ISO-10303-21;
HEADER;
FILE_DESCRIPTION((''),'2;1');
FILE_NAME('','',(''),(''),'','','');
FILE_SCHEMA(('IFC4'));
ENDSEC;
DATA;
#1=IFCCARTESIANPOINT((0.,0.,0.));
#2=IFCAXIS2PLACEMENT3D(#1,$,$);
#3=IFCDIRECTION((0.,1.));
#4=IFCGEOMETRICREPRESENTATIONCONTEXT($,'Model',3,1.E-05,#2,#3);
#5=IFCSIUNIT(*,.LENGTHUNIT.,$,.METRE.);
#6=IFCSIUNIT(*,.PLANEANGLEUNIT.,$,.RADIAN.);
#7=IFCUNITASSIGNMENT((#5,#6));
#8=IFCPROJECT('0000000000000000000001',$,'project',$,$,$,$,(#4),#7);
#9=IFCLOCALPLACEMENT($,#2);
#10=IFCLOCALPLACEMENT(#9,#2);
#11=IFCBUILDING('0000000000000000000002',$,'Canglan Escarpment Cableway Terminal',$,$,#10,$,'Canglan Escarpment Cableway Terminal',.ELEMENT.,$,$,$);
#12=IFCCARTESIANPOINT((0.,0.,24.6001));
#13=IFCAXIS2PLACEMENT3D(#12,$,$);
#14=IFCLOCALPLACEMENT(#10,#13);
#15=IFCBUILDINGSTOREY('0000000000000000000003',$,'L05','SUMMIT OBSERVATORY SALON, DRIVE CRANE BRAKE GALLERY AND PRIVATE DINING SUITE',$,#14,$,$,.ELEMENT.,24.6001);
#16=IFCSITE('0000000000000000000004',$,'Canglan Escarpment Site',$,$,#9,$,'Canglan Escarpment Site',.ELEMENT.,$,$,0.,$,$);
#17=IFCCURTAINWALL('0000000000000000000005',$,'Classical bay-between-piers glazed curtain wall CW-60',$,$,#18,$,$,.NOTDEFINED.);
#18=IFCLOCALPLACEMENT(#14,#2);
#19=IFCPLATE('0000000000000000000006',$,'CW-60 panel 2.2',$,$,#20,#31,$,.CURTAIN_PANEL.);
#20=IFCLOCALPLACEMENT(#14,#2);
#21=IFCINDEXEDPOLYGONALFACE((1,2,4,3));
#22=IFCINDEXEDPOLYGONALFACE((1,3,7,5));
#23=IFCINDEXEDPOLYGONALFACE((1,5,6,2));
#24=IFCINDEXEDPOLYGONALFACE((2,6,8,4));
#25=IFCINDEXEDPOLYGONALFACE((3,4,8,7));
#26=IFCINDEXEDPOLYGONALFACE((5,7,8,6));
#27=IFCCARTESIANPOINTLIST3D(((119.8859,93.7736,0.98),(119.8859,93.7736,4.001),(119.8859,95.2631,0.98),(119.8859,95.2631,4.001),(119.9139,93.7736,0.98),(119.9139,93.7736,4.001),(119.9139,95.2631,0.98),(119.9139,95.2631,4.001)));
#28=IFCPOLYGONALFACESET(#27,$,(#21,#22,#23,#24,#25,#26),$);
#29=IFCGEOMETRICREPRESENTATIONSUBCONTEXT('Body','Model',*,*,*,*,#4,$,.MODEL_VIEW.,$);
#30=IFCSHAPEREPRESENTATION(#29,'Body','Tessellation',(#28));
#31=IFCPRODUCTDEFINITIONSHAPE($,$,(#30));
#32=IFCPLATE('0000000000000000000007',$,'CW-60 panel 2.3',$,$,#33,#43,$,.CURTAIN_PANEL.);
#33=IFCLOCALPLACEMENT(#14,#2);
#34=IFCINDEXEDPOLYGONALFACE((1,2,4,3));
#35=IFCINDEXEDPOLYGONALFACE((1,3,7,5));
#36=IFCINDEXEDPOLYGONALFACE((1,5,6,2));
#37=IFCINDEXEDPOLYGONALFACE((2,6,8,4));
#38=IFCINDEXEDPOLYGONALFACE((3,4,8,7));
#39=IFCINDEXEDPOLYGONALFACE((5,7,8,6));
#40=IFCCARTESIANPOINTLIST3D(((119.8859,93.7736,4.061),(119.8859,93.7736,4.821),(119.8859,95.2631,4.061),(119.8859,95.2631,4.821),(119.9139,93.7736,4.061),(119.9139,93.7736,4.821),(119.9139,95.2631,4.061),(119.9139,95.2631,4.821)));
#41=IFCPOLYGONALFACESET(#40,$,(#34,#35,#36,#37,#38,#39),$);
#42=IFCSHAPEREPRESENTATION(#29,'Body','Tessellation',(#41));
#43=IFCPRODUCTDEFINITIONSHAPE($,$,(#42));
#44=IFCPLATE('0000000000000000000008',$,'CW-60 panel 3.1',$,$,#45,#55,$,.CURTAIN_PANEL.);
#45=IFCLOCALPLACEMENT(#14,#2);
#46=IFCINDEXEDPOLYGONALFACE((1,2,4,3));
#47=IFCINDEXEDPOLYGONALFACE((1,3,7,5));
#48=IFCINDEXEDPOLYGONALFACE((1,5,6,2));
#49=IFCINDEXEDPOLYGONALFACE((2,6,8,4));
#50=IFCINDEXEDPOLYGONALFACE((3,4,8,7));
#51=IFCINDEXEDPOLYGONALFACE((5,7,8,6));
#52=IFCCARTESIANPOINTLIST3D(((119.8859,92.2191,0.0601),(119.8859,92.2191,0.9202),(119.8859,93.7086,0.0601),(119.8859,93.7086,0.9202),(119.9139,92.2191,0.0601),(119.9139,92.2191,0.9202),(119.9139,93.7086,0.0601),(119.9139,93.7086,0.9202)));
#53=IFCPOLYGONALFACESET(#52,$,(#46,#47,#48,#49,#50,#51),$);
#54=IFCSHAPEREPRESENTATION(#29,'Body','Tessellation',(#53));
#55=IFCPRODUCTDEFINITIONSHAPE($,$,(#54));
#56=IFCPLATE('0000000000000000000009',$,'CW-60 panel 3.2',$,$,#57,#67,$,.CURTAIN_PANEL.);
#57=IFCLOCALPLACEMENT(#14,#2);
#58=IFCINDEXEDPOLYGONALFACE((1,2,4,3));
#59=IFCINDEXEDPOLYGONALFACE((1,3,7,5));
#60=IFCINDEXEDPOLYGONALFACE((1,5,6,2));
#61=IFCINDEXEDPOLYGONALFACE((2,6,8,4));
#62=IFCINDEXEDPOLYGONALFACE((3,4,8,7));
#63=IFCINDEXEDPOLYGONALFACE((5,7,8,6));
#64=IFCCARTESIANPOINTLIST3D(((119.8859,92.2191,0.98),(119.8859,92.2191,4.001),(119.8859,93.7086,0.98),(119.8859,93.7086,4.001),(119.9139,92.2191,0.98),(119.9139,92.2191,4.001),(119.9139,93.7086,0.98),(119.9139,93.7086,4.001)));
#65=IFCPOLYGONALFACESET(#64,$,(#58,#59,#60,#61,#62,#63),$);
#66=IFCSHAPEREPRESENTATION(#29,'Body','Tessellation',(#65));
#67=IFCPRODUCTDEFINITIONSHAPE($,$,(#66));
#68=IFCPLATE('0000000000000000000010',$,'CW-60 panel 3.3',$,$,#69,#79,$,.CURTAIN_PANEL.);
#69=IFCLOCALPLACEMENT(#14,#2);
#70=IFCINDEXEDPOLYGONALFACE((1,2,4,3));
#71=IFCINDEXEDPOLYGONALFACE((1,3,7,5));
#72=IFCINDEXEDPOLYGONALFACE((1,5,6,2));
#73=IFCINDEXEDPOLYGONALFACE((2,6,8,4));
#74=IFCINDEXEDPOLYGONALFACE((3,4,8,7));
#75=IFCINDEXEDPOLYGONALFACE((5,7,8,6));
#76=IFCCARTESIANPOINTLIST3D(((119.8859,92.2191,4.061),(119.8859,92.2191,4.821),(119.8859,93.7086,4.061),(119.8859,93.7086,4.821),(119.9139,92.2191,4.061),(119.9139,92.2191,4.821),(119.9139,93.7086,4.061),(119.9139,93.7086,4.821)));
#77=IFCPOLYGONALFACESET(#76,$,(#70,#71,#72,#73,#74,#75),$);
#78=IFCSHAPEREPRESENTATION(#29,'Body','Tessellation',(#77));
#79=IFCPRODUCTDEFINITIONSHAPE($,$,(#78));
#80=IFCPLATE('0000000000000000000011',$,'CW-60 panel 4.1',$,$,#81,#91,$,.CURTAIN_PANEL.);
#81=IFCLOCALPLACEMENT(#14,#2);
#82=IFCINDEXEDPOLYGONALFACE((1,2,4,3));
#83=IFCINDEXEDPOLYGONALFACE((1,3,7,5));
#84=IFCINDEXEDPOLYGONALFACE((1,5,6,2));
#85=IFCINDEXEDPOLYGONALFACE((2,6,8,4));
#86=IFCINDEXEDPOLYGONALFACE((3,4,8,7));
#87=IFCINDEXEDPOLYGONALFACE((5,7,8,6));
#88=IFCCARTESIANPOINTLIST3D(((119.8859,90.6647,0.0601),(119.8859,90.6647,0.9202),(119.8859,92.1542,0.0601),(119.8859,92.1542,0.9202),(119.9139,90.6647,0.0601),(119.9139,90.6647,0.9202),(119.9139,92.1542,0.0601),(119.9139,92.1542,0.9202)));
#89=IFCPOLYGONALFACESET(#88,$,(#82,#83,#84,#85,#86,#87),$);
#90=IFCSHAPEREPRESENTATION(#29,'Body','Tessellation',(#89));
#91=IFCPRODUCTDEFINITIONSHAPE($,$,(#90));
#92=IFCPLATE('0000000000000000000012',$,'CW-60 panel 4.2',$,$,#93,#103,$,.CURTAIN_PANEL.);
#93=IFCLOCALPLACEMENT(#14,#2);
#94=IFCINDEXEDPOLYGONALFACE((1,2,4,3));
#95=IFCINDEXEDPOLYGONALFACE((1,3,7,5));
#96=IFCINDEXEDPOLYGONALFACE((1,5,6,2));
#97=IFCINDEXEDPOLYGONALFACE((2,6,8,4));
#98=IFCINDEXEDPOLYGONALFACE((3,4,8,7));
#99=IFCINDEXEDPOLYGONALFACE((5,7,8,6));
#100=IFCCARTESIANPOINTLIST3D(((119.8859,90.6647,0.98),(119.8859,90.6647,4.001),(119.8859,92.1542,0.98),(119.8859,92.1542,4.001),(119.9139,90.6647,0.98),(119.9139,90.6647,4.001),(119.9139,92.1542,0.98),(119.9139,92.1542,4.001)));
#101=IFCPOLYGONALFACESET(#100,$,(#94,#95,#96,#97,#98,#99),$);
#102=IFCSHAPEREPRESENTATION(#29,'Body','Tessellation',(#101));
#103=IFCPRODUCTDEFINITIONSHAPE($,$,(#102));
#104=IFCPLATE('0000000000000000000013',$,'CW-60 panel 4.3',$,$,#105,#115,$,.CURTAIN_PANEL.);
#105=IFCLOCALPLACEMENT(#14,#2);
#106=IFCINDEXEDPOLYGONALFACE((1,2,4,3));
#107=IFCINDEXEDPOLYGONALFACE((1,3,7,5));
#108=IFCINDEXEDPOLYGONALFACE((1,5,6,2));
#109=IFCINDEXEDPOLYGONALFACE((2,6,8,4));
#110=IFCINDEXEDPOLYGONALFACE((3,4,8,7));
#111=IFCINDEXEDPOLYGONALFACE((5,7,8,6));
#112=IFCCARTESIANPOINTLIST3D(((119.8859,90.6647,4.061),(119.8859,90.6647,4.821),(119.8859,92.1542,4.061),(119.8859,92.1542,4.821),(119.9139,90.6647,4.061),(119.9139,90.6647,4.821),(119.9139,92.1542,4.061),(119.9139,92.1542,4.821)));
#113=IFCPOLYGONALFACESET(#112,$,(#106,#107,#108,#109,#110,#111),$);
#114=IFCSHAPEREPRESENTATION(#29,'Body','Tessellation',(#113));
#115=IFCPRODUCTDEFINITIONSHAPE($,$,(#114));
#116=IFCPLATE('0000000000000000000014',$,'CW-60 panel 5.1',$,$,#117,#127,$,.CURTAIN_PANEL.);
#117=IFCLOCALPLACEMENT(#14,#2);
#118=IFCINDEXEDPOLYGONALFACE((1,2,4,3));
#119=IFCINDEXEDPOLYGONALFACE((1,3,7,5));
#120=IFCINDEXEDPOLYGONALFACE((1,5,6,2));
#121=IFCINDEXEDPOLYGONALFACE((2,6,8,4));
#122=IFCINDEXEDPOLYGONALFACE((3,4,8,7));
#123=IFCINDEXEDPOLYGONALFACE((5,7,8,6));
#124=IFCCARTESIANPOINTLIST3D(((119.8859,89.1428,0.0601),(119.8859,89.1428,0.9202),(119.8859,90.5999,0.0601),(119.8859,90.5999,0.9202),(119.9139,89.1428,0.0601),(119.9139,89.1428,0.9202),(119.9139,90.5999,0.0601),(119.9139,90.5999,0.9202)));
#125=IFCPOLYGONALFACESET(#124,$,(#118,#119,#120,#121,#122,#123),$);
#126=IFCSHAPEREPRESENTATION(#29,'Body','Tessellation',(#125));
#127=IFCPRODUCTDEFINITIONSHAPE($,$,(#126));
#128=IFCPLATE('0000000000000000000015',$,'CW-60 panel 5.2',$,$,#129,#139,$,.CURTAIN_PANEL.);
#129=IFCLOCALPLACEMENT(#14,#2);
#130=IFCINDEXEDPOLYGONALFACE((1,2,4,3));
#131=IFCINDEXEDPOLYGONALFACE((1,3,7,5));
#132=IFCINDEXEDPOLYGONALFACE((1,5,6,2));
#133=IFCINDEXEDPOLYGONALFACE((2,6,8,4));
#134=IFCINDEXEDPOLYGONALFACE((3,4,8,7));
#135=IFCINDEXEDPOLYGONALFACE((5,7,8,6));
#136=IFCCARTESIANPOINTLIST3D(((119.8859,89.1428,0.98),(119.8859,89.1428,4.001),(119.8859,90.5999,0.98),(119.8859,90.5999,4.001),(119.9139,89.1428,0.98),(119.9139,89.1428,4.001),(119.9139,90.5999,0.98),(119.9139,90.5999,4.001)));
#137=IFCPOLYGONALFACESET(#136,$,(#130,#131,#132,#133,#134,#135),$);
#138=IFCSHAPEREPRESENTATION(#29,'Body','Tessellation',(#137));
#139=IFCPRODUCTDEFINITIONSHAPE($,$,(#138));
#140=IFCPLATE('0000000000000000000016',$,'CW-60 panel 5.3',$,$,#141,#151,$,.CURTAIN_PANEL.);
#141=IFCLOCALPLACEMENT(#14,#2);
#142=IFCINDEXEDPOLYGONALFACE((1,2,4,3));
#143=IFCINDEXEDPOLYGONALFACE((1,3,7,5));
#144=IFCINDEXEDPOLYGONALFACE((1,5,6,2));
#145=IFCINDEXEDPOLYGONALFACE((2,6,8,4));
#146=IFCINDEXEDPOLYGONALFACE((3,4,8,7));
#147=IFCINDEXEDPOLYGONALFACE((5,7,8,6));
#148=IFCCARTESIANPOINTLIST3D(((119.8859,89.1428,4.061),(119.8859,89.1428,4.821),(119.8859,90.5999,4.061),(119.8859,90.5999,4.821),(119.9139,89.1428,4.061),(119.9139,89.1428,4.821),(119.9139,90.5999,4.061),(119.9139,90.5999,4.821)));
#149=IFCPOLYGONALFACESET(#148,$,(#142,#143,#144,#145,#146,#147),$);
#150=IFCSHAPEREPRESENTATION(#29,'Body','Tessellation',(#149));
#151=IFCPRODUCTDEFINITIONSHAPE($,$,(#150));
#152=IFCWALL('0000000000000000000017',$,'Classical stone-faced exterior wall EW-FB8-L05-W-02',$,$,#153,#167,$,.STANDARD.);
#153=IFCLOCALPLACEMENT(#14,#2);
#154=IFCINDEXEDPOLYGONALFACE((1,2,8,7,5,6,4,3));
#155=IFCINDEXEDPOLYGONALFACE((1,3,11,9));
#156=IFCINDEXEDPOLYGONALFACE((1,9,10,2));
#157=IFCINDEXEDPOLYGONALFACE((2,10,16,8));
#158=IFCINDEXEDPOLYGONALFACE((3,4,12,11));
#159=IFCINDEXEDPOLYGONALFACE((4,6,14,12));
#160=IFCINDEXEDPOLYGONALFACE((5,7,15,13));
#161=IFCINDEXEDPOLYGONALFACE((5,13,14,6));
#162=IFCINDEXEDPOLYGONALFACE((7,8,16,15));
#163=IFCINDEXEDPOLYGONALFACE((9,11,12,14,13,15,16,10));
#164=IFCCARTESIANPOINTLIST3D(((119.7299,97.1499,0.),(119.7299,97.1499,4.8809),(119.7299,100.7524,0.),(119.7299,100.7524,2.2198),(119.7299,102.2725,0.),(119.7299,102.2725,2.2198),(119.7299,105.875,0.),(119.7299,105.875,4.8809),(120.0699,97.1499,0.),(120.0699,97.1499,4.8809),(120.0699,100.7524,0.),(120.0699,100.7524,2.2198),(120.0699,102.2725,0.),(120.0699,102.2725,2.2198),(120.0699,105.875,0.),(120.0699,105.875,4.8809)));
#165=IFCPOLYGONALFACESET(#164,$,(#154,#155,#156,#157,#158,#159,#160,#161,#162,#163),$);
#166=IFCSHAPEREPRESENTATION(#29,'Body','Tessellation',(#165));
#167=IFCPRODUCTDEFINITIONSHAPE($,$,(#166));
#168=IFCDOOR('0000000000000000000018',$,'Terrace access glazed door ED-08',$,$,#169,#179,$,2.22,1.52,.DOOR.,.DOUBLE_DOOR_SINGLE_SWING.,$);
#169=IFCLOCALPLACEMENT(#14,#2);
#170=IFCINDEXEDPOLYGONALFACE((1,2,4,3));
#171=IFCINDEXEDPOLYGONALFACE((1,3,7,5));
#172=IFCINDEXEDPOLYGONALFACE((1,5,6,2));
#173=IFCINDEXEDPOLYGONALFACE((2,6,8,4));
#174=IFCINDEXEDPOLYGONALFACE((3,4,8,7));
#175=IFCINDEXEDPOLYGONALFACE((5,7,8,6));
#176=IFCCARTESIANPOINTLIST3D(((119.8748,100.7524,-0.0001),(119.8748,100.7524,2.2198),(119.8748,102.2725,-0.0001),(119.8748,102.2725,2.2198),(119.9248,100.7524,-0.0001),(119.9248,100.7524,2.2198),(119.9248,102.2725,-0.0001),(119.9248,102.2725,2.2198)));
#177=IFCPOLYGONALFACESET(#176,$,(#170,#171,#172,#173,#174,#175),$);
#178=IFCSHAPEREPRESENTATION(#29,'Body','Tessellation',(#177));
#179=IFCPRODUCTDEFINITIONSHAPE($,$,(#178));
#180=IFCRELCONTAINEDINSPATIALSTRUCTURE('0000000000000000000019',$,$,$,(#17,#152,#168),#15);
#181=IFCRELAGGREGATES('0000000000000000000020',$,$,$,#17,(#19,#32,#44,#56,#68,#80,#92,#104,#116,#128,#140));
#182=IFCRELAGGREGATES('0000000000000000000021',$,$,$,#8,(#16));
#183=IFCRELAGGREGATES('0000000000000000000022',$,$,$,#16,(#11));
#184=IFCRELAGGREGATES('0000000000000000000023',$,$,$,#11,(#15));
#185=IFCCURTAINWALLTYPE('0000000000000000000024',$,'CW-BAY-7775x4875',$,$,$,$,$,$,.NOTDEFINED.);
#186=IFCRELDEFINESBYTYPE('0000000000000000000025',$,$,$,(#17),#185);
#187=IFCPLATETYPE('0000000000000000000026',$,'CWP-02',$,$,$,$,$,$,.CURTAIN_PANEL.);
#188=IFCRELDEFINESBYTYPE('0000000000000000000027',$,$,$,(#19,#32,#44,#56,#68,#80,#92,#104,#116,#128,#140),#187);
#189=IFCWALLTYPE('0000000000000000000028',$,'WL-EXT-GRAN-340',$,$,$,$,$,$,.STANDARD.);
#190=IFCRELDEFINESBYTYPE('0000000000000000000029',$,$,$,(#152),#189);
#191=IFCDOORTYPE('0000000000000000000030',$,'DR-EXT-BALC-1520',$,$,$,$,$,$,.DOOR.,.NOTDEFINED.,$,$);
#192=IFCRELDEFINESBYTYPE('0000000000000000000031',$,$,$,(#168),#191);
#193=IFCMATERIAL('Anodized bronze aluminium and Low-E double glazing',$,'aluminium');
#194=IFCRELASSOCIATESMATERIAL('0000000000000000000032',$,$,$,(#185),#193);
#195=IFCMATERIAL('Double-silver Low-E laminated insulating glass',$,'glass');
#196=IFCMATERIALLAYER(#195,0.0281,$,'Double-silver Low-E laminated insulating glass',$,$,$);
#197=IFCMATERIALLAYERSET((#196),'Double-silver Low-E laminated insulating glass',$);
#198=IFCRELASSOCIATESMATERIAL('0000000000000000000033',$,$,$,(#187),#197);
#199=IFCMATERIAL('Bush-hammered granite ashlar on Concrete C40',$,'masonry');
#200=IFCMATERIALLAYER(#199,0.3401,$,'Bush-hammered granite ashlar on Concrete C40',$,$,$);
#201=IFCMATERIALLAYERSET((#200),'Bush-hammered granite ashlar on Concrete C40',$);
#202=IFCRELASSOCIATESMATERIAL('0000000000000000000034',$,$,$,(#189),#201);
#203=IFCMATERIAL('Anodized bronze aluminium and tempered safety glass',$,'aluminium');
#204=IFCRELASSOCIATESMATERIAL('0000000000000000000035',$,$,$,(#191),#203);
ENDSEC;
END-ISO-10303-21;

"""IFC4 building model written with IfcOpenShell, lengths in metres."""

from ifc_helpers import new_model, si_unit, direction, frame, frame_2d, origin, origin_2d, place, context, subcontext, project, spatial, rectangle, extrude, material, layer, layer_set, type_object, element, fill, aggregate, save


model = new_model("IFC4")

# Units and contexts
model_context = context("Model", 3, precision=1e-05, world=origin(), true_north=direction((0.0, 1.0)))
body_context = subcontext(model_context, "Body", "Model", "MODEL_VIEW")
ifc_project = project(units=[si_unit("LENGTHUNIT", "METRE"), si_unit("PLANEANGLEUNIT", "RADIAN")], contexts=[model_context])

# Site, building, storey
site_placement = place(None, origin())
site = spatial("IfcSite", under=ifc_project, at=site_placement, Name="Canglan Escarpment Site", LongName="Canglan Escarpment Site", CompositionType="ELEMENT", RefElevation=0.0)
building_placement = place(site_placement, origin())
building = spatial("IfcBuilding", under=site, at=building_placement, Name="Canglan Escarpment Cableway Terminal", LongName="Canglan Escarpment Cableway Terminal", CompositionType="ELEMENT")
storey_placement = place(building_placement, frame((0.0, 0.0, 24.6001)))
storey = spatial("IfcBuildingStorey", under=building, at=storey_placement, Name="L05", Description="SUMMIT OBSERVATORY SALON, DRIVE CRANE BRAKE GALLERY AND PRIVATE DINING SUITE", CompositionType="ELEMENT", Elevation=24.6001)

# Shared definitions
ifc_material_1 = material(Name="Anodized bronze aluminium and Low-E double glazing", Category="aluminium")

# Curtain wall, plates
curtain_wall_type_1 = type_object("IfcCurtainWallType", Name="CW-BAY-7775x4875", PredefinedType="NOTDEFINED", material=ifc_material_1)
curtain_wall_1_placement = place(storey_placement, origin())
curtain_wall_1 = element("IfcCurtainWall", 1, at=curtain_wall_1_placement, inside=storey, type_object=curtain_wall_type_1, Name="Classical bay-between-piers glazed curtain wall CW-60", PredefinedType="NOTDEFINED")
ifc_material_2 = material(Name="Double-silver Low-E laminated insulating glass", Category="glass")
ifc_layer_1 = layer(ifc_material_2, 0.0281, Name="Double-silver Low-E laminated insulating glass")
ifc_layer_set_1 = layer_set([ifc_layer_1], Name="Double-silver Low-E laminated insulating glass")
plate_type = type_object("IfcPlateType", Name="CWP-02", PredefinedType="CURTAIN_PANEL", material=ifc_layer_set_1)
plate_1_placement = place(storey_placement, frame((119.8999, 94.5183, 0.98), z_axis=(0.0, 0.0, 1.0), x_axis=(0.0, -1.0, 0.0)))
plate_1 = element("IfcPlate", 2, at=plate_1_placement, type_object=plate_type, Name="CW-60 panel 2.2", PredefinedType="CURTAIN_PANEL", context=body_context, shape_type="SweptSolid", body=[
    extrude(rectangle(XDim=1.4895, YDim=0.0281, at=origin_2d()), origin(), (0.0, 0.0, 1.0), 3.021),
])
plate_2_placement = place(storey_placement, frame((119.8999, 94.5183, 4.061), z_axis=(0.0, 0.0, 1.0), x_axis=(0.0, -1.0, 0.0)))
plate_2 = element("IfcPlate", 3, at=plate_2_placement, type_object=plate_type, Name="CW-60 panel 2.3", PredefinedType="CURTAIN_PANEL", context=body_context, shape_type="SweptSolid", body=[
    extrude(rectangle(XDim=1.4895, YDim=0.0281, at=origin_2d()), origin(), (0.0, 0.0, 1.0), 0.76),
])
plate_3_placement = place(storey_placement, frame((119.8999, 92.9639, 0.0601), z_axis=(0.0, 0.0, 1.0), x_axis=(0.0, -1.0, 0.0)))
plate_3 = element("IfcPlate", 4, at=plate_3_placement, type_object=plate_type, Name="CW-60 panel 3.1", PredefinedType="CURTAIN_PANEL", context=body_context, shape_type="SweptSolid", body=[
    extrude(rectangle(XDim=1.4895, YDim=0.0281, at=origin_2d()), origin(), (0.0, 0.0, 1.0), 0.8601),
])
plate_4_placement = place(storey_placement, frame((119.8999, 92.9639, 0.98), z_axis=(0.0, 0.0, 1.0), x_axis=(0.0, -1.0, 0.0)))
plate_4 = element("IfcPlate", 5, at=plate_4_placement, type_object=plate_type, Name="CW-60 panel 3.2", PredefinedType="CURTAIN_PANEL", context=body_context, shape_type="SweptSolid", body=[
    extrude(rectangle(XDim=1.4895, YDim=0.0281, at=origin_2d()), origin(), (0.0, 0.0, 1.0), 3.021),
])
plate_5_placement = place(storey_placement, frame((119.8999, 92.9639, 4.061), z_axis=(0.0, 0.0, 1.0), x_axis=(0.0, -1.0, 0.0)))
plate_5 = element("IfcPlate", 6, at=plate_5_placement, type_object=plate_type, Name="CW-60 panel 3.3", PredefinedType="CURTAIN_PANEL", context=body_context, shape_type="SweptSolid", body=[
    extrude(rectangle(XDim=1.4895, YDim=0.0281, at=origin_2d()), origin(), (0.0, 0.0, 1.0), 0.76),
])
plate_6_placement = place(storey_placement, frame((119.8999, 91.4094, 0.0601), z_axis=(0.0, 0.0, 1.0), x_axis=(0.0, -1.0, 0.0)))
plate_6 = element("IfcPlate", 7, at=plate_6_placement, type_object=plate_type, Name="CW-60 panel 4.1", PredefinedType="CURTAIN_PANEL", context=body_context, shape_type="SweptSolid", body=[
    extrude(rectangle(XDim=1.4895, YDim=0.0281, at=origin_2d()), origin(), (0.0, 0.0, 1.0), 0.8601),
])
plate_7_placement = place(storey_placement, frame((119.8999, 91.4094, 0.98), z_axis=(0.0, 0.0, 1.0), x_axis=(0.0, -1.0, 0.0)))
plate_7 = element("IfcPlate", 8, at=plate_7_placement, type_object=plate_type, Name="CW-60 panel 4.2", PredefinedType="CURTAIN_PANEL", context=body_context, shape_type="SweptSolid", body=[
    extrude(rectangle(XDim=1.4895, YDim=0.0281, at=origin_2d()), origin(), (0.0, 0.0, 1.0), 3.021),
])
plate_8_placement = place(storey_placement, frame((119.8999, 91.4094, 4.061), z_axis=(0.0, 0.0, 1.0), x_axis=(0.0, -1.0, 0.0)))
plate_8 = element("IfcPlate", 9, at=plate_8_placement, type_object=plate_type, Name="CW-60 panel 4.3", PredefinedType="CURTAIN_PANEL", context=body_context, shape_type="SweptSolid", body=[
    extrude(rectangle(XDim=1.4895, YDim=0.0281, at=origin_2d()), origin(), (0.0, 0.0, 1.0), 0.76),
])
plate_9_placement = place(storey_placement, frame((119.8999, 89.8713, 0.0601), z_axis=(0.0, 0.0, 1.0), x_axis=(0.0, -1.0, 0.0)))
plate_9 = element("IfcPlate", 10, at=plate_9_placement, type_object=plate_type, Name="CW-60 panel 5.1", PredefinedType="CURTAIN_PANEL", context=body_context, shape_type="SweptSolid", body=[
    extrude(rectangle(XDim=1.457, YDim=0.0281, at=origin_2d()), origin(), (0.0, 0.0, 1.0), 0.8601),
])
plate_10_placement = place(storey_placement, frame((119.8999, 89.8713, 0.98), z_axis=(0.0, 0.0, 1.0), x_axis=(0.0, -1.0, 0.0)))
plate_10 = element("IfcPlate", 11, at=plate_10_placement, type_object=plate_type, Name="CW-60 panel 5.2", PredefinedType="CURTAIN_PANEL", context=body_context, shape_type="SweptSolid", body=[
    extrude(rectangle(XDim=1.457, YDim=0.0281, at=origin_2d()), origin(), (0.0, 0.0, 1.0), 3.021),
])
plate_11_placement = place(storey_placement, frame((119.8999, 89.8713, 4.061), z_axis=(0.0, 0.0, 1.0), x_axis=(0.0, -1.0, 0.0)))
plate_11 = element("IfcPlate", 12, at=plate_11_placement, type_object=plate_type, Name="CW-60 panel 5.3", PredefinedType="CURTAIN_PANEL", context=body_context, shape_type="SweptSolid", body=[
    extrude(rectangle(XDim=1.457, YDim=0.0281, at=origin_2d()), origin(), (0.0, 0.0, 1.0), 0.76),
])
aggregate(curtain_wall_1, [plate_1, plate_2, plate_3, plate_4, plate_5, plate_6, plate_7, plate_8, plate_9, plate_10, plate_11])

# Wall, opening, door
ifc_material_3 = material(Name="Bush-hammered granite ashlar on Concrete C40", Category="masonry")
ifc_layer_2 = layer(ifc_material_3, 0.3401, Name="Bush-hammered granite ashlar on Concrete C40")
ifc_layer_set_2 = layer_set([ifc_layer_2], Name="Bush-hammered granite ashlar on Concrete C40")
wall_type = type_object("IfcWallType", Name="WL-EXT-GRAN-340", PredefinedType="STANDARD", material=ifc_layer_set_2)
wall_placement = place(storey_placement, frame((119.8999, 105.875, 0.0), z_axis=(0.0, 0.0, 1.0), x_axis=(0.0, -1.0, 0.0)))
wall = element("IfcWall", 13, at=wall_placement, inside=storey, type_object=wall_type, Name="Classical stone-faced exterior wall EW-FB8-L05-W-02", PredefinedType="STANDARD", context=body_context, shape_type="SweptSolid", body=[
    extrude(rectangle(XDim=8.7251, YDim=0.3401, at=frame_2d((4.3625, 0.0))), origin(), (0.0, 0.0, 1.0), 4.8809),
])
opening_placement = place(wall_placement, frame((3.6025, 0.0, 0.0)))
opening = element("IfcOpeningElement", 14, at=opening_placement, cuts=wall, PredefinedType="OPENING", context=body_context, shape_type="SweptSolid", body=[
    extrude(rectangle(XDim=1.52, YDim=2.22, at=frame_2d((0.76, 1.1099))), frame((0.0, 0.1802, 0.0), z_axis=(0.0, -1.0, 0.0), x_axis=(1.0, 0.0, 0.0)), (0.0, 0.0, 1.0), 0.3601),
])
ifc_material_4 = material(Name="Anodized bronze aluminium and tempered safety glass", Category="aluminium")
door_type = type_object("IfcDoorType", Name="DR-EXT-BALC-1520", OperationType="NOTDEFINED", PredefinedType="DOOR", material=ifc_material_4)
door_placement = place(opening_placement, origin())
door = element("IfcDoor", 15, at=door_placement, inside=storey, type_object=door_type, Name="Terrace access glazed door ED-08", OperationType="DOUBLE_DOOR_SINGLE_SWING", OverallHeight=2.22, OverallWidth=1.52, PredefinedType="DOOR", context=body_context, shape_type="SweptSolid", body=[
    extrude(rectangle(XDim=1.52, YDim=2.22, at=frame_2d((0.76, 1.1099))), frame((0.0, 0.0249, 0.0), z_axis=(0.0, -1.0, 0.0), x_axis=(1.0, 0.0, 0.0)), (0.0, 0.0, 1.0), 0.05),
])
fill(opening, door)

save(model, "model.ifc")
